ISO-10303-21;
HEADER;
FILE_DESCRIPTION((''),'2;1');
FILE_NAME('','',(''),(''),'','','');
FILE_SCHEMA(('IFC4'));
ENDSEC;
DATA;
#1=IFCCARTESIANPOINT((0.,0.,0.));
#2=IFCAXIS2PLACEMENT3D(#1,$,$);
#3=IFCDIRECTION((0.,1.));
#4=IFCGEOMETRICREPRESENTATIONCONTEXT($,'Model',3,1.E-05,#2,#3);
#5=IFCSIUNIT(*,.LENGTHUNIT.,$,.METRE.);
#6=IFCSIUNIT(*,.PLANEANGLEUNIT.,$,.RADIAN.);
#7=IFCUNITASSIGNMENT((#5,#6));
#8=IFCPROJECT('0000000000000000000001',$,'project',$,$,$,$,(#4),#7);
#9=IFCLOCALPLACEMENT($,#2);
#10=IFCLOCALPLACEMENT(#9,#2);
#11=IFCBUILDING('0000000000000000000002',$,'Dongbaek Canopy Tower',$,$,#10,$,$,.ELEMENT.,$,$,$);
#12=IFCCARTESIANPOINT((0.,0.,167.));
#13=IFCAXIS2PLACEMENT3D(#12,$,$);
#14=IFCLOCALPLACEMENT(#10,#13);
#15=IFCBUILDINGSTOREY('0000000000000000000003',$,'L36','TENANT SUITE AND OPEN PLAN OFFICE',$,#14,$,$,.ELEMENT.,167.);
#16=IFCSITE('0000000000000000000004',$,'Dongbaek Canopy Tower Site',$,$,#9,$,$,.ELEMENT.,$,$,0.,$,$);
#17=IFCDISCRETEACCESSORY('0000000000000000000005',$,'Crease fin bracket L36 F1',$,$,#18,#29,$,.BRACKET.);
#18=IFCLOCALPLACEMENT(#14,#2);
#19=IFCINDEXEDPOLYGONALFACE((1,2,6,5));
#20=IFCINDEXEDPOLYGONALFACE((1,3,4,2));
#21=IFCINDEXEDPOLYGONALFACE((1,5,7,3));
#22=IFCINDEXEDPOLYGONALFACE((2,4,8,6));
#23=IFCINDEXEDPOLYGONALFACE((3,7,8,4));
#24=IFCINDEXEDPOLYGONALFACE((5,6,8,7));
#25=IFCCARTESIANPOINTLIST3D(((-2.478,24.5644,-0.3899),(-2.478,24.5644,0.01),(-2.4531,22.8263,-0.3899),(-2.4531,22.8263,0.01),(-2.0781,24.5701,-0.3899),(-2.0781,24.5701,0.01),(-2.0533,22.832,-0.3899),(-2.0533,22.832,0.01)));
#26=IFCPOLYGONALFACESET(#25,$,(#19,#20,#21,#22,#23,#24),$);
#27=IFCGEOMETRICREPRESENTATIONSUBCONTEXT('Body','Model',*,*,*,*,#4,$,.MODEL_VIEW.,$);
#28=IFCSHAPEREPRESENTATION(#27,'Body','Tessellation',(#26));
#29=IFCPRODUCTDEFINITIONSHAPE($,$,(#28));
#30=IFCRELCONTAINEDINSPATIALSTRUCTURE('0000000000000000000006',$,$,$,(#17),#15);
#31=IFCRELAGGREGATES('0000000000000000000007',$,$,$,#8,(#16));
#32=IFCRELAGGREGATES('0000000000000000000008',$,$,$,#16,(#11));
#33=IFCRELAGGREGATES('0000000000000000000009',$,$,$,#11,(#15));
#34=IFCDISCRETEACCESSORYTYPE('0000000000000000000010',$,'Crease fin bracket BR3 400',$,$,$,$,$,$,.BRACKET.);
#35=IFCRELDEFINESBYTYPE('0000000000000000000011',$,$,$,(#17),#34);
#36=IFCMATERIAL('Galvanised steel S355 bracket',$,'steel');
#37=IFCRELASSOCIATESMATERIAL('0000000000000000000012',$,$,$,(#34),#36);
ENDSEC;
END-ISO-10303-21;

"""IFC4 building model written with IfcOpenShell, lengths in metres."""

from ifc_helpers import new_model, si_unit, direction, frame, origin, origin_2d, place, context, subcontext, project, spatial, rectangle, extrude, material, type_object, element, save


model = new_model("IFC4")

# Units and contexts
model_context = context("Model", 3, precision=1e-05, world=origin(), true_north=direction((0.0, 1.0)))
body_context = subcontext(model_context, "Body", "Model", "MODEL_VIEW")
ifc_project = project(units=[si_unit("LENGTHUNIT", "METRE"), si_unit("PLANEANGLEUNIT", "RADIAN")], contexts=[model_context])

# Site, building, storey
site_placement = place(None, origin())
site = spatial("IfcSite", under=ifc_project, at=site_placement, Name="Dongbaek Canopy Tower Site", CompositionType="ELEMENT", RefElevation=0.0)
building_placement = place(site_placement, origin())
building = spatial("IfcBuilding", under=site, at=building_placement, Name="Dongbaek Canopy Tower", CompositionType="ELEMENT")
storey_placement = place(building_placement, frame((0.0, 0.0, 167.0)))
storey = spatial("IfcBuildingStorey", under=building, at=storey_placement, Name="L36", Description="TENANT SUITE AND OPEN PLAN OFFICE", CompositionType="ELEMENT", Elevation=167.0)

# Discrete accessory
ifc_material_1 = material(Name="Galvanised steel S355 bracket", Category="steel")
discrete_accessory_type = type_object("IfcDiscreteAccessoryType", Name="Crease fin bracket BR3 400", PredefinedType="BRACKET", material=ifc_material_1)
discrete_accessory_placement = place(storey_placement, frame((-2.2656, 23.6982, -0.3899), z_axis=(0.0, 0.0, 1.0), x_axis=(-0.014278, 0.999898, 0.0)))
element("IfcDiscreteAccessory", 1, at=discrete_accessory_placement, inside=storey, type_object=discrete_accessory_type, Name="Crease fin bracket L36 F1", PredefinedType="BRACKET", context=body_context, shape_type="SweptSolid", body=[
    extrude(rectangle(XDim=1.7383, YDim=0.3999, at=origin_2d()), origin(), (0.0, 0.0, 1.0), 0.3999),
])

save(model, "model.ifc")
